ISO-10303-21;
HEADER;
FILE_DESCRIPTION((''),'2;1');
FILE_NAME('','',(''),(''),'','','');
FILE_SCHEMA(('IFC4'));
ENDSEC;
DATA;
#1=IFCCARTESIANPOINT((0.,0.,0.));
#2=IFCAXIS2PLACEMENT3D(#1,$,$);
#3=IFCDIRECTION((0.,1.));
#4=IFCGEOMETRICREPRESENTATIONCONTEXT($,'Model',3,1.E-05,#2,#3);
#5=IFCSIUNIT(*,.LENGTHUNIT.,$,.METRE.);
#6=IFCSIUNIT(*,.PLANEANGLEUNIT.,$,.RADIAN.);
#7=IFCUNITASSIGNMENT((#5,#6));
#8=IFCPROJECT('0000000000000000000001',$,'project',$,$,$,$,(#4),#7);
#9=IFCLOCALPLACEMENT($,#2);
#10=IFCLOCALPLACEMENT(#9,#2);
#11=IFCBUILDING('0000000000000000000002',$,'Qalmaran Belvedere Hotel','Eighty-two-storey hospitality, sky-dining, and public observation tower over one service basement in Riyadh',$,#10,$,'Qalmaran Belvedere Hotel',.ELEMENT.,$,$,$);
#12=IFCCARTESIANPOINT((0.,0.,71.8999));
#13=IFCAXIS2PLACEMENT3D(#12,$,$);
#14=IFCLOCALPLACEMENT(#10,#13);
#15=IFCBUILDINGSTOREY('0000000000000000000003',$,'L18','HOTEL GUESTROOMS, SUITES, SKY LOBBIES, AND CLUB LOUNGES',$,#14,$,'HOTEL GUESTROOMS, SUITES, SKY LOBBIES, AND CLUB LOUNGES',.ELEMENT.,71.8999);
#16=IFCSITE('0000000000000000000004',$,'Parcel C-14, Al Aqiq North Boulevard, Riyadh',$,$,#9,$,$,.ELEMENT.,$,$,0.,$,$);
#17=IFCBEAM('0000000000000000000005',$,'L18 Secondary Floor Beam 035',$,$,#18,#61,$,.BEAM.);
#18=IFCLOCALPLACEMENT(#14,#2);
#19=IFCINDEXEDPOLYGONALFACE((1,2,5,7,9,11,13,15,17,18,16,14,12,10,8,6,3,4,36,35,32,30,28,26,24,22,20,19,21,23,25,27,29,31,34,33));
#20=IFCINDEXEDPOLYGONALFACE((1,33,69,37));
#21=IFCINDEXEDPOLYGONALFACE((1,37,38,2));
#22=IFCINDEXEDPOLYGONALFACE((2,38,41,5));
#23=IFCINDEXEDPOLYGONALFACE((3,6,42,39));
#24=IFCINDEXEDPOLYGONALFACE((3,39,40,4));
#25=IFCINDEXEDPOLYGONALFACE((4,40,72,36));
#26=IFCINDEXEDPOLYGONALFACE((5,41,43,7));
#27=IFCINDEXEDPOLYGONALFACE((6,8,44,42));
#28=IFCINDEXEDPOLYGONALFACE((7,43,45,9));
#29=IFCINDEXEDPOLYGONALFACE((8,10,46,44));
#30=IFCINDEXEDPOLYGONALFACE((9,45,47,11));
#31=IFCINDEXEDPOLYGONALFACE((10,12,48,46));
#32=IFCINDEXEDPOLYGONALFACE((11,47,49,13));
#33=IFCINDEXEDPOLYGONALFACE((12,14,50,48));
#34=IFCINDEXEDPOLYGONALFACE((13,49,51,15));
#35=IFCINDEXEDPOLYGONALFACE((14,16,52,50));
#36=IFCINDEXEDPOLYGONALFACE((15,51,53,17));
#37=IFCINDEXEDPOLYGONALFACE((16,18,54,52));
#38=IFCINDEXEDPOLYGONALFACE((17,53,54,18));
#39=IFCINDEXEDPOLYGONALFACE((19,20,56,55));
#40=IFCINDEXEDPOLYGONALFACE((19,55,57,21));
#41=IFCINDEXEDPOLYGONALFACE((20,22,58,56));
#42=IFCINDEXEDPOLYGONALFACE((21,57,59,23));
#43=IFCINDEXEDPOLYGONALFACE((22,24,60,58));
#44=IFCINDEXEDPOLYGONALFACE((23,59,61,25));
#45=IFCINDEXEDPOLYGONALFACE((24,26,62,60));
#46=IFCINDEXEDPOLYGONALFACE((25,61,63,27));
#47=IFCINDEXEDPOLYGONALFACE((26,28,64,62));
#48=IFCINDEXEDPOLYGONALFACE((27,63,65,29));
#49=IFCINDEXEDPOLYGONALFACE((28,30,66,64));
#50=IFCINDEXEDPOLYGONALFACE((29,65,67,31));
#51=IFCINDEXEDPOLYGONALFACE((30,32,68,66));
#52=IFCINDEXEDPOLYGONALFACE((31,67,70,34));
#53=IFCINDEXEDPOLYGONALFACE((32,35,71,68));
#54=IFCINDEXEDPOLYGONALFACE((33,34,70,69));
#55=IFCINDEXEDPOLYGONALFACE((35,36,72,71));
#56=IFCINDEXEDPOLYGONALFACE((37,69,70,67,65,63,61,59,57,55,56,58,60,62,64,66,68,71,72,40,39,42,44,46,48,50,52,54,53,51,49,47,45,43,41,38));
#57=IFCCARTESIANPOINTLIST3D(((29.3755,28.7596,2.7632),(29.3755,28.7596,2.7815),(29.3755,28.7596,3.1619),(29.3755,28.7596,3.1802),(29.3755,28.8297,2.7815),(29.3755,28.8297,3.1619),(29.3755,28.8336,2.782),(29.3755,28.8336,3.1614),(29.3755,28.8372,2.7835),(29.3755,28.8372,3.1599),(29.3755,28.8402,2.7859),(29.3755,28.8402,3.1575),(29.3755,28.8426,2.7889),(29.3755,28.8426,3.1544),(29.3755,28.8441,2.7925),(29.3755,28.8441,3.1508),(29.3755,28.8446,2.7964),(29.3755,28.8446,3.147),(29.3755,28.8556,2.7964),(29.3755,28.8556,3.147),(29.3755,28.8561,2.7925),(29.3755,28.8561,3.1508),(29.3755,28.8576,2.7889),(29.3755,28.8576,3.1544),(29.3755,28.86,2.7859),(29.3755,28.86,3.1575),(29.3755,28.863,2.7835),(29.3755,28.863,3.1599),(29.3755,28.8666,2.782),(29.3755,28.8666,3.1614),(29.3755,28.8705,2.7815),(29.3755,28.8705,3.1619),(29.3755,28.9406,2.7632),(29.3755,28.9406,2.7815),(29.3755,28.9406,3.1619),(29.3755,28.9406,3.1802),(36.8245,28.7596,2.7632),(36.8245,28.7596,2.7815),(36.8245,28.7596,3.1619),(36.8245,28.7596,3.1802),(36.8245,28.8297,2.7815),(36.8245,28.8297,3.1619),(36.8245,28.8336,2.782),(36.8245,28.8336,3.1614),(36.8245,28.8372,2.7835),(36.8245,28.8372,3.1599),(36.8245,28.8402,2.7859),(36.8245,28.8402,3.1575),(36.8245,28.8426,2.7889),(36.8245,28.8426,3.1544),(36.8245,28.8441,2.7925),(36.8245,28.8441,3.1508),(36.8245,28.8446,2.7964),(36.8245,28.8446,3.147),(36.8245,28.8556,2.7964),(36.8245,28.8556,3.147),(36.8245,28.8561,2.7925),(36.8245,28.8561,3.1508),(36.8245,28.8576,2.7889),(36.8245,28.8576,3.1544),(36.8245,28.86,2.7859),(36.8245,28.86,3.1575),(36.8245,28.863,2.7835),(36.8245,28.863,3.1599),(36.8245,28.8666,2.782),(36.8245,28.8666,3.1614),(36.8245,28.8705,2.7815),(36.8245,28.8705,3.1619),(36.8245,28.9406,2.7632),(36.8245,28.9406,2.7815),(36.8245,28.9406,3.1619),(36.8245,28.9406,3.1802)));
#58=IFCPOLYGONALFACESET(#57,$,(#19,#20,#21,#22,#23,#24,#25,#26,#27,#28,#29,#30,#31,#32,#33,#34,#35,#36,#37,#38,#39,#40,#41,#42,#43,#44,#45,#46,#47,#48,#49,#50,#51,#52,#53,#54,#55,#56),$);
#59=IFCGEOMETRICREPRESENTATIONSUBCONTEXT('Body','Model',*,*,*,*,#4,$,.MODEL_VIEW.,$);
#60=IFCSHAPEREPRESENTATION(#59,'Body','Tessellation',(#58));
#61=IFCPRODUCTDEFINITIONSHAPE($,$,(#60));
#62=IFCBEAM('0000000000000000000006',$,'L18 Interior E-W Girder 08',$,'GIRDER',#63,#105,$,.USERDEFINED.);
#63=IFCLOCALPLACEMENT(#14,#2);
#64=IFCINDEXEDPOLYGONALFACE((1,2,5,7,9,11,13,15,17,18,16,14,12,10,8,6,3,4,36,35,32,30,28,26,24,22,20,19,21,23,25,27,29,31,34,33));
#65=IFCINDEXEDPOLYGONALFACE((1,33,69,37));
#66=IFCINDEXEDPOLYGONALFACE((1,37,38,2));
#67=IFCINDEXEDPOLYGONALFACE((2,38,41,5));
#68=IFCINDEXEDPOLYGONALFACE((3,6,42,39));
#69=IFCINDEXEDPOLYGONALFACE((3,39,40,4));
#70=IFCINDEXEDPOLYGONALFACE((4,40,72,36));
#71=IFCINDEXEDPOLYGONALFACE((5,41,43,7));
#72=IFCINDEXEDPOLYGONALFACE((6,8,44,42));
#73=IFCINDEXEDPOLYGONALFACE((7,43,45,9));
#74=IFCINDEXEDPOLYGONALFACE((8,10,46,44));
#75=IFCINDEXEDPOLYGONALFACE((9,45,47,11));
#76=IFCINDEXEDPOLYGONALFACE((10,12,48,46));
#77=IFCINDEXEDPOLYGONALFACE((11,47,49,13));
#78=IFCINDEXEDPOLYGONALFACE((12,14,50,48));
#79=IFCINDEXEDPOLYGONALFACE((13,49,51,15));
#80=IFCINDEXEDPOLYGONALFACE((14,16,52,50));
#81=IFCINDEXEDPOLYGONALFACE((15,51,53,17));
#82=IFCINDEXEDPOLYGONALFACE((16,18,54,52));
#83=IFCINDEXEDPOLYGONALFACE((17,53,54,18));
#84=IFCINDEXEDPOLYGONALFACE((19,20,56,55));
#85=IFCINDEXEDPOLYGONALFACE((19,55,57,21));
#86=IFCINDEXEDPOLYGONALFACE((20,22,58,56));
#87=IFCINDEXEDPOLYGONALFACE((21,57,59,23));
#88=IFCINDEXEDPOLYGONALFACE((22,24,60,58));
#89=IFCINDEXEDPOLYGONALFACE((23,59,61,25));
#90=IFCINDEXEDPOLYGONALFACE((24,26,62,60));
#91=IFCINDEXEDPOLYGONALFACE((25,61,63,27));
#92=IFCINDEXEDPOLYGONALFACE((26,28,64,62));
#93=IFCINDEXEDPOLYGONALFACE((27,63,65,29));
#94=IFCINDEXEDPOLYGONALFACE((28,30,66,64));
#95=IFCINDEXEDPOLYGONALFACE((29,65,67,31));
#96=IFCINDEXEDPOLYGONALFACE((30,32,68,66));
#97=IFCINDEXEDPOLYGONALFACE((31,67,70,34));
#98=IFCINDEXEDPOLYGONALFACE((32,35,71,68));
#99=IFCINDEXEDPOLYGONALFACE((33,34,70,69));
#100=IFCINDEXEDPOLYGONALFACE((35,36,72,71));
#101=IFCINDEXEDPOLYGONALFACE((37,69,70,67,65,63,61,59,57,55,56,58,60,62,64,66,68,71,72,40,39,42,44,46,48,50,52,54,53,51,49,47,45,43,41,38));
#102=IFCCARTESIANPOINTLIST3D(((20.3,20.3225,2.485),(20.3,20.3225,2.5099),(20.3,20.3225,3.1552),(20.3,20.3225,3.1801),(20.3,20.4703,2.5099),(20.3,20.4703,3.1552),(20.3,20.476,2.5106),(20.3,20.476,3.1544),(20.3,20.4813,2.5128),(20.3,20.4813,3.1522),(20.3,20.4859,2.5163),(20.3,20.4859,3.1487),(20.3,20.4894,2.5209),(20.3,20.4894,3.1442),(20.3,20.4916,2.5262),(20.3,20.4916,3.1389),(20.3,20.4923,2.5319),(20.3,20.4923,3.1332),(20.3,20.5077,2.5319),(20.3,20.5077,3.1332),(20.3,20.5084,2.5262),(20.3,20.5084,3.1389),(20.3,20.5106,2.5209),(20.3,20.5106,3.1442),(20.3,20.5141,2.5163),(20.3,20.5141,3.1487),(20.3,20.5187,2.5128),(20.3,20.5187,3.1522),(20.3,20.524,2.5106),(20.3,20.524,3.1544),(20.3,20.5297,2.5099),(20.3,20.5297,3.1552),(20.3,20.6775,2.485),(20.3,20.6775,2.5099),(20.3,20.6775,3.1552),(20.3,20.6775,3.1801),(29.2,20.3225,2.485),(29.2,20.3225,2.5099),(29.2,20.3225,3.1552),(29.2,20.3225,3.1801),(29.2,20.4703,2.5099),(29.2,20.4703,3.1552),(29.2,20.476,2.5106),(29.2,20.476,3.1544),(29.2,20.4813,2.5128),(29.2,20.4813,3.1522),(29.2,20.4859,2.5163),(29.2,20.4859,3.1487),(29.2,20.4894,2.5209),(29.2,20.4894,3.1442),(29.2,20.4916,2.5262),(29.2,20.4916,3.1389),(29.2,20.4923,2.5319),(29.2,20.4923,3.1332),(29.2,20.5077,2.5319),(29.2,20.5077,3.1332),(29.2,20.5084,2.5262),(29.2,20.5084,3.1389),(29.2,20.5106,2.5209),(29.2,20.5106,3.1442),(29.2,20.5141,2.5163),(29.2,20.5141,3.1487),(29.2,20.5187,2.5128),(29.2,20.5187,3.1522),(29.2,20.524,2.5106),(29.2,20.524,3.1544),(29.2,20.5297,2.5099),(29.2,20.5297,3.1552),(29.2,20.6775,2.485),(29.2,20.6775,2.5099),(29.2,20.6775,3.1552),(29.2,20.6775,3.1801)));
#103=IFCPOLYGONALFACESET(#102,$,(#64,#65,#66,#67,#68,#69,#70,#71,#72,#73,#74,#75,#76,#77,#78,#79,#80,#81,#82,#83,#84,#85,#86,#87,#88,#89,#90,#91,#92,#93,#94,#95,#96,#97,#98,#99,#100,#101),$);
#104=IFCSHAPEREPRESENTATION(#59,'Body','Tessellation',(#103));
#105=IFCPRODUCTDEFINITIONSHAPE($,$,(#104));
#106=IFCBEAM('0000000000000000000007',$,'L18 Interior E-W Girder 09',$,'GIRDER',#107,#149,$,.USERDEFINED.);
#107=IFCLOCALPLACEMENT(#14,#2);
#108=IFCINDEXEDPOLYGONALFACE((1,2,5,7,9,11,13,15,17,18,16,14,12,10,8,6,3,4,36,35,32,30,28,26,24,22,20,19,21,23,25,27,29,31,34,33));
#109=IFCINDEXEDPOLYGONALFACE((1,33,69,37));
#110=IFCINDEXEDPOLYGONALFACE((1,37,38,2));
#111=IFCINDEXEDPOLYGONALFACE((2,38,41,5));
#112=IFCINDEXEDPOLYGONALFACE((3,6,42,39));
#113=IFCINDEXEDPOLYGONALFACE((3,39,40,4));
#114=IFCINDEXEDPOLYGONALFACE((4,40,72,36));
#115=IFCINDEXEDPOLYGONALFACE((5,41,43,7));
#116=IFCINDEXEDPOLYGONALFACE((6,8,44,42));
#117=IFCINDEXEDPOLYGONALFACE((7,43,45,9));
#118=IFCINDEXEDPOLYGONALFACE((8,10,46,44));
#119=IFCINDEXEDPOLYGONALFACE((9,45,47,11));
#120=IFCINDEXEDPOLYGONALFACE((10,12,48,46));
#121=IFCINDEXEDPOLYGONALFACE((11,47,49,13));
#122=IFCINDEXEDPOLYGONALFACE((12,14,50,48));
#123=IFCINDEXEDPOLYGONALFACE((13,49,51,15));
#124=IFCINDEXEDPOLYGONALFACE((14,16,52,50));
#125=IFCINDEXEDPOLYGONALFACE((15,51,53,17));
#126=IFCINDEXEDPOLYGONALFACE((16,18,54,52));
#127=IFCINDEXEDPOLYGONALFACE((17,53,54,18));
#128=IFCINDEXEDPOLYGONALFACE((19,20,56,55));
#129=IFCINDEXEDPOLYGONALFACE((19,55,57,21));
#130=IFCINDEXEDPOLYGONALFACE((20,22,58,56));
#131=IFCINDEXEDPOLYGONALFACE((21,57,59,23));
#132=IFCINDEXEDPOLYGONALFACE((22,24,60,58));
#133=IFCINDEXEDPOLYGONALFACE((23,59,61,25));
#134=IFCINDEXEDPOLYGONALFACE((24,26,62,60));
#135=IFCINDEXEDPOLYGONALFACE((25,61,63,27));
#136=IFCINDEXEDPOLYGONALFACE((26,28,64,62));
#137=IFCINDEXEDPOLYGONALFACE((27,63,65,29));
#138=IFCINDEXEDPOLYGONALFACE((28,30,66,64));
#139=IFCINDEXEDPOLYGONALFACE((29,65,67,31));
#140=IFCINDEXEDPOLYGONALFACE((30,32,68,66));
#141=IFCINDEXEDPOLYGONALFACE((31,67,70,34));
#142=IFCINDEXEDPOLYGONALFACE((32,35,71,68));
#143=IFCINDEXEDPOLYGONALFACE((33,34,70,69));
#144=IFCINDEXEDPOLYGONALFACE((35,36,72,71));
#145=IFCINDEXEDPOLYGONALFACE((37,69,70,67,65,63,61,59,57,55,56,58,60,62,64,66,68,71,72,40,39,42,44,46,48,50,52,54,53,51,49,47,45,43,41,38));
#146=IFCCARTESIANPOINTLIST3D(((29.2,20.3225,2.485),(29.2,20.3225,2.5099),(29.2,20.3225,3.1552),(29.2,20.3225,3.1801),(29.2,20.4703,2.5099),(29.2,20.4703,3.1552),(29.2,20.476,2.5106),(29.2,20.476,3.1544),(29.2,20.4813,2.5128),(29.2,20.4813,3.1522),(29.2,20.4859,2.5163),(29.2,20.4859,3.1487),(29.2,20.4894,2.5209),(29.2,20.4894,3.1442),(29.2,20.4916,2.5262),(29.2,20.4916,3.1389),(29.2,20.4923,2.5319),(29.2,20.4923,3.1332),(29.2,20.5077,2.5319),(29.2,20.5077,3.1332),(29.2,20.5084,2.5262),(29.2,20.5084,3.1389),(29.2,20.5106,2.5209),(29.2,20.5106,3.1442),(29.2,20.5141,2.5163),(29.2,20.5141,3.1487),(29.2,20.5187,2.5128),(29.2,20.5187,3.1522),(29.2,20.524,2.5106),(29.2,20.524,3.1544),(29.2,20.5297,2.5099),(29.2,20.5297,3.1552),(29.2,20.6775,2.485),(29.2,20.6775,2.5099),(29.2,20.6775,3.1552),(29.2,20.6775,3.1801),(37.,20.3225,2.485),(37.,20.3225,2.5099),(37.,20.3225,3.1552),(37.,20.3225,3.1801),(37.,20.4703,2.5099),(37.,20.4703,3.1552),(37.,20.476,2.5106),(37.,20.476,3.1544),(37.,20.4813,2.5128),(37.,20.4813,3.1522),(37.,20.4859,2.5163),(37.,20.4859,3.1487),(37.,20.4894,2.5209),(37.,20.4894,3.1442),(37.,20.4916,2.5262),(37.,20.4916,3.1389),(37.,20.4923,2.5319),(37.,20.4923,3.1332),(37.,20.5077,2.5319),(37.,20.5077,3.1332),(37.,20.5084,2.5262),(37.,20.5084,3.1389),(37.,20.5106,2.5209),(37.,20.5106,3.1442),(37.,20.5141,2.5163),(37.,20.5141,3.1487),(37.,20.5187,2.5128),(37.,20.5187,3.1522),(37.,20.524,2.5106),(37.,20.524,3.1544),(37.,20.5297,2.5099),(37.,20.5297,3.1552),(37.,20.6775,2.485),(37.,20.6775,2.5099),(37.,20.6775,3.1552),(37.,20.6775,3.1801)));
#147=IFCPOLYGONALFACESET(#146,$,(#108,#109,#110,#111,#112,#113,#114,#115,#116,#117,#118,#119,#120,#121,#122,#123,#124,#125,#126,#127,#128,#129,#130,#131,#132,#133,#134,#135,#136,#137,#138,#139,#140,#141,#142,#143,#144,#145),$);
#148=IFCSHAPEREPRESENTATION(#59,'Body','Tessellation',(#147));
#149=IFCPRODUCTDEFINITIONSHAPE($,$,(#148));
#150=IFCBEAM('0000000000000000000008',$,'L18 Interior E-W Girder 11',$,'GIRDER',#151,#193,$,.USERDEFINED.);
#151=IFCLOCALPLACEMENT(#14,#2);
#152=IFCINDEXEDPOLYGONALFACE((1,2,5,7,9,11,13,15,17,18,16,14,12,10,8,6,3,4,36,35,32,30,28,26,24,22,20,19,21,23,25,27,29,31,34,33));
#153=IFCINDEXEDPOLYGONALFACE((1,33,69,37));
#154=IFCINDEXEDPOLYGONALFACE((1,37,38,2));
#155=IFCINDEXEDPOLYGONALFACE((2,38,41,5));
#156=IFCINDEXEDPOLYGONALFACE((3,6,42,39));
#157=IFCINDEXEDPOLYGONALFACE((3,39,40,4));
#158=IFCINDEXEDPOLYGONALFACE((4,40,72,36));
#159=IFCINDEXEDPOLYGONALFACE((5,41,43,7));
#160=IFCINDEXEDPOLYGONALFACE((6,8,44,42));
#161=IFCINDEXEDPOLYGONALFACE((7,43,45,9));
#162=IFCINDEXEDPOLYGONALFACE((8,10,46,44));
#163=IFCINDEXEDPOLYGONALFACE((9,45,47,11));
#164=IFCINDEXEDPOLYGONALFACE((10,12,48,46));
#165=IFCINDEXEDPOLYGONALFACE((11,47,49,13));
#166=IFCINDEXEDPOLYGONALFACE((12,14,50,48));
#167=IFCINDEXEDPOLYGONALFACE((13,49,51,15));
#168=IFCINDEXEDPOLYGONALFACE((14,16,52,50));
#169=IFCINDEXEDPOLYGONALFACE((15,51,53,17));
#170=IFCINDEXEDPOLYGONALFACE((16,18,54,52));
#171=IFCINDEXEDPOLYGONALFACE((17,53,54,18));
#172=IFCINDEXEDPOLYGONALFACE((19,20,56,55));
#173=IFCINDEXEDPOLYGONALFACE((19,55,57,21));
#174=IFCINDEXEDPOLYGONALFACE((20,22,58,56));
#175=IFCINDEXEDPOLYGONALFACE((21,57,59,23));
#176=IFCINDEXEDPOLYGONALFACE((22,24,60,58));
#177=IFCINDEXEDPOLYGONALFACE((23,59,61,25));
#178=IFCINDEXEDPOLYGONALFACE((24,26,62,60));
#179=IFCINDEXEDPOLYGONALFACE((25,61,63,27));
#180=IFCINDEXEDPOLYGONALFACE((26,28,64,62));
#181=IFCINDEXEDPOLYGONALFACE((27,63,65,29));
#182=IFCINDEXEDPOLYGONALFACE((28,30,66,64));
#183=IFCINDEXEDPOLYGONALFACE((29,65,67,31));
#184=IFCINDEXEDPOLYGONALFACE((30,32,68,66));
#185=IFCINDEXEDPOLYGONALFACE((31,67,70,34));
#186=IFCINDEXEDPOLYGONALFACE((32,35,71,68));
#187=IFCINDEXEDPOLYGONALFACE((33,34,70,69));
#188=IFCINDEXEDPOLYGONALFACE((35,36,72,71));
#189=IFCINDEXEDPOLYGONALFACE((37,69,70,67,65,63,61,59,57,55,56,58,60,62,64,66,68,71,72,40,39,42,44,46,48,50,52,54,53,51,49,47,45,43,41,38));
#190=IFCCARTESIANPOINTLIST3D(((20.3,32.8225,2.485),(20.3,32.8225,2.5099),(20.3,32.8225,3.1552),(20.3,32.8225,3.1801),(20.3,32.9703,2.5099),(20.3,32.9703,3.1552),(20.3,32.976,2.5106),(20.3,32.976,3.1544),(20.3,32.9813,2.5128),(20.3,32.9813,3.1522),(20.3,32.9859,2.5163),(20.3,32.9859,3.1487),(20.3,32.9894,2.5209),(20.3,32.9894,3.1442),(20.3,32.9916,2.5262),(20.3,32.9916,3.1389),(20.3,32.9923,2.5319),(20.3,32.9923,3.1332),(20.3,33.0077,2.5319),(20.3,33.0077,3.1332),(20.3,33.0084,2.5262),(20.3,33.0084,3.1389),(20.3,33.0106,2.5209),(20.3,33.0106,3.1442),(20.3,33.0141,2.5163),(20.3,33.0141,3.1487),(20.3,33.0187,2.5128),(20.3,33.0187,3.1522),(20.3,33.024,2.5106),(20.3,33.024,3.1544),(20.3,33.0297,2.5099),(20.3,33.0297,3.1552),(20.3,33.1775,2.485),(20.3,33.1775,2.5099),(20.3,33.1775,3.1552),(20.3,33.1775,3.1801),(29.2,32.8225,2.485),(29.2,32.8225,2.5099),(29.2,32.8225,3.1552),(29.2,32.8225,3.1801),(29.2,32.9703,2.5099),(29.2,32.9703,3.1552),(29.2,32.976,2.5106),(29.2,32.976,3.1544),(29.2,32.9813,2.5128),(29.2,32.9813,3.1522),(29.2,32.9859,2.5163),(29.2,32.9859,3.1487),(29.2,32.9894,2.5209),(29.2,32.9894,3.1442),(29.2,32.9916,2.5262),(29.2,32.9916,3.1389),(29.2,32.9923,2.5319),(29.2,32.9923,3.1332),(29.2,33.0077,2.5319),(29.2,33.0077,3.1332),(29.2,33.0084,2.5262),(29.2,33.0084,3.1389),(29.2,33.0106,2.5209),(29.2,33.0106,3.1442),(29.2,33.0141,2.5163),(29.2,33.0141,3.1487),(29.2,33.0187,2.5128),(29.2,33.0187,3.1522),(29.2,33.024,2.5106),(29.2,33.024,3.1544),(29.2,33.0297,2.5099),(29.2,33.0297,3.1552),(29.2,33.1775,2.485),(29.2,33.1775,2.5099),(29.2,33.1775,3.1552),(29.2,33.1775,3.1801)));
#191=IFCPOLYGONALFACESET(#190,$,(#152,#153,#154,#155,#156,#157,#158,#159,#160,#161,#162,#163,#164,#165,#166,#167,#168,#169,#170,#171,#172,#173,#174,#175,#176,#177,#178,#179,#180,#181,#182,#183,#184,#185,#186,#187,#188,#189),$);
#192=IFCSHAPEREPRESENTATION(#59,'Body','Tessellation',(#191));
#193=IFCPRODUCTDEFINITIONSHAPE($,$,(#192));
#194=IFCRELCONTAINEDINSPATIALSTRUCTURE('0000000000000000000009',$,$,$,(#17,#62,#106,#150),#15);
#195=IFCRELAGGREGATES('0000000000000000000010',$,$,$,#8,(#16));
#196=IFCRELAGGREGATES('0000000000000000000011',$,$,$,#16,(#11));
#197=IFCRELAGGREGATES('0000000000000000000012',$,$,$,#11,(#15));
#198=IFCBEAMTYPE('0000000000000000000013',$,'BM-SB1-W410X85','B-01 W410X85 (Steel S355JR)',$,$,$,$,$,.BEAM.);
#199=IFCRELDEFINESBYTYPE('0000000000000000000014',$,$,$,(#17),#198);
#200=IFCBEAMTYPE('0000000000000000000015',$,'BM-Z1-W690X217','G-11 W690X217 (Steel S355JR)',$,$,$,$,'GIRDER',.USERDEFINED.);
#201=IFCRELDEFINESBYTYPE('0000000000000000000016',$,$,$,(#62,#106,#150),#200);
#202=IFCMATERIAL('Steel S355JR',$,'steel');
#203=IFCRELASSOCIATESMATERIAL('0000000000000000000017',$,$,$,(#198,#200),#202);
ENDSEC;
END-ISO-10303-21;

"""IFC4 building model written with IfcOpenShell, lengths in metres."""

from ifc_helpers import new_model, si_unit, direction, frame, origin, origin_2d, place, context, subcontext, project, spatial, i_section, extrude, material, material_profile, profile_set, type_object, element, save


model = new_model("IFC4")

# Units and contexts
model_context = context("Model", 3, precision=1e-05, world=origin(), true_north=direction((0.0, 1.0)))
body_context = subcontext(model_context, "Body", "Model", "MODEL_VIEW")
ifc_project = project(units=[si_unit("LENGTHUNIT", "METRE"), si_unit("PLANEANGLEUNIT", "RADIAN")], contexts=[model_context])

# Site, building, storey
site_placement = place(None, origin())
site = spatial("IfcSite", under=ifc_project, at=site_placement, Name="Parcel C-14, Al Aqiq North Boulevard, Riyadh", CompositionType="ELEMENT", RefElevation=0.0)
building_placement = place(site_placement, origin())
building = spatial("IfcBuilding", under=site, at=building_placement, Name="Qalmaran Belvedere Hotel", Description="Eighty-two-storey hospitality, sky-dining, and public observation tower over one service basement in Riyadh", LongName="Qalmaran Belvedere Hotel", CompositionType="ELEMENT")
storey_placement = place(building_placement, frame((0.0, 0.0, 71.8999)))
storey = spatial("IfcBuildingStorey", under=building, at=storey_placement, Name="L18", Description="HOTEL GUESTROOMS, SUITES, SKY LOBBIES, AND CLUB LOUNGES", LongName="HOTEL GUESTROOMS, SUITES, SKY LOBBIES, AND CLUB LOUNGES", CompositionType="ELEMENT", Elevation=71.8999)

# Beams
ifc_material_1 = material(Name="Steel S355JR", Category="steel")
ifc_material_profile_1 = material_profile(ifc_material_1, i_section(OverallWidth=0.1809, OverallDepth=0.417, WebThickness=0.011, FlangeThickness=0.0183, FilletRadius=0.0149, at=origin_2d()), Name="W410X85")
ifc_profile_set_1 = profile_set([ifc_material_profile_1], Name="Steel S355JR")
beam_type_1 = type_object("IfcBeamType", Name="BM-SB1-W410X85", Description="B-01 W410X85 (Steel S355JR)", PredefinedType="BEAM", material=ifc_profile_set_1)
beam_1_placement = place(storey_placement, frame((29.3755, 28.8501, 2.9717), z_axis=(1.0, 0.0, 0.0), x_axis=(0.0, 1.0, 0.0)))
element("IfcBeam", 1, at=beam_1_placement, inside=storey, type_object=beam_type_1, Name="L18 Secondary Floor Beam 035", PredefinedType="BEAM", context=body_context, shape_type="SweptSolid", body=[
    extrude(i_section(OverallWidth=0.1809, OverallDepth=0.417, WebThickness=0.011, FlangeThickness=0.0183, FilletRadius=0.0149, at=origin_2d()), origin(), (0.0, 0.0, 1.0), 7.449),
])
ifc_material_profile_2 = material_profile(ifc_material_1, i_section(OverallWidth=0.355, OverallDepth=0.6951, WebThickness=0.0154, FlangeThickness=0.0249, FilletRadius=0.022, at=origin_2d()), Name="W690X217")
ifc_profile_set_2 = profile_set([ifc_material_profile_2], Name="Steel S355JR")
beam_type_2 = type_object("IfcBeamType", Name="BM-Z1-W690X217", Description="G-11 W690X217 (Steel S355JR)", ElementType="GIRDER", PredefinedType="USERDEFINED", material=ifc_profile_set_2)
beam_2_placement = place(storey_placement, frame((20.3, 20.5, 2.8325), z_axis=(1.0, 0.0, 0.0), x_axis=(0.0, 1.0, 0.0)))
element("IfcBeam", 2, at=beam_2_placement, inside=storey, type_object=beam_type_2, Name="L18 Interior E-W Girder 08", ObjectType="GIRDER", PredefinedType="USERDEFINED", context=body_context, shape_type="SweptSolid", body=[
    extrude(i_section(OverallWidth=0.355, OverallDepth=0.6951, WebThickness=0.0154, FlangeThickness=0.0249, FilletRadius=0.022, at=origin_2d()), origin(), (0.0, 0.0, 1.0), 8.8999),
])
beam_3_placement = place(storey_placement, frame((29.2, 20.5, 2.8325), z_axis=(1.0, 0.0, 0.0), x_axis=(0.0, 1.0, 0.0)))
element("IfcBeam", 3, at=beam_3_placement, inside=storey, type_object=beam_type_2, Name="L18 Interior E-W Girder 09", ObjectType="GIRDER", PredefinedType="USERDEFINED", context=body_context, shape_type="SweptSolid", body=[
    extrude(i_section(OverallWidth=0.355, OverallDepth=0.6951, WebThickness=0.0154, FlangeThickness=0.0249, FilletRadius=0.022, at=origin_2d()), origin(), (0.0, 0.0, 1.0), 7.8),
])
beam_4_placement = place(storey_placement, frame((20.3, 33.0, 2.8325), z_axis=(1.0, 0.0, 0.0), x_axis=(0.0, 1.0, 0.0)))
element("IfcBeam", 4, at=beam_4_placement, inside=storey, type_object=beam_type_2, Name="L18 Interior E-W Girder 11", ObjectType="GIRDER", PredefinedType="USERDEFINED", context=body_context, shape_type="SweptSolid", body=[
    extrude(i_section(OverallWidth=0.355, OverallDepth=0.6951, WebThickness=0.0154, FlangeThickness=0.0249, FilletRadius=0.022, at=origin_2d()), origin(), (0.0, 0.0, 1.0), 8.8999),
])

save(model, "model.ifc")
